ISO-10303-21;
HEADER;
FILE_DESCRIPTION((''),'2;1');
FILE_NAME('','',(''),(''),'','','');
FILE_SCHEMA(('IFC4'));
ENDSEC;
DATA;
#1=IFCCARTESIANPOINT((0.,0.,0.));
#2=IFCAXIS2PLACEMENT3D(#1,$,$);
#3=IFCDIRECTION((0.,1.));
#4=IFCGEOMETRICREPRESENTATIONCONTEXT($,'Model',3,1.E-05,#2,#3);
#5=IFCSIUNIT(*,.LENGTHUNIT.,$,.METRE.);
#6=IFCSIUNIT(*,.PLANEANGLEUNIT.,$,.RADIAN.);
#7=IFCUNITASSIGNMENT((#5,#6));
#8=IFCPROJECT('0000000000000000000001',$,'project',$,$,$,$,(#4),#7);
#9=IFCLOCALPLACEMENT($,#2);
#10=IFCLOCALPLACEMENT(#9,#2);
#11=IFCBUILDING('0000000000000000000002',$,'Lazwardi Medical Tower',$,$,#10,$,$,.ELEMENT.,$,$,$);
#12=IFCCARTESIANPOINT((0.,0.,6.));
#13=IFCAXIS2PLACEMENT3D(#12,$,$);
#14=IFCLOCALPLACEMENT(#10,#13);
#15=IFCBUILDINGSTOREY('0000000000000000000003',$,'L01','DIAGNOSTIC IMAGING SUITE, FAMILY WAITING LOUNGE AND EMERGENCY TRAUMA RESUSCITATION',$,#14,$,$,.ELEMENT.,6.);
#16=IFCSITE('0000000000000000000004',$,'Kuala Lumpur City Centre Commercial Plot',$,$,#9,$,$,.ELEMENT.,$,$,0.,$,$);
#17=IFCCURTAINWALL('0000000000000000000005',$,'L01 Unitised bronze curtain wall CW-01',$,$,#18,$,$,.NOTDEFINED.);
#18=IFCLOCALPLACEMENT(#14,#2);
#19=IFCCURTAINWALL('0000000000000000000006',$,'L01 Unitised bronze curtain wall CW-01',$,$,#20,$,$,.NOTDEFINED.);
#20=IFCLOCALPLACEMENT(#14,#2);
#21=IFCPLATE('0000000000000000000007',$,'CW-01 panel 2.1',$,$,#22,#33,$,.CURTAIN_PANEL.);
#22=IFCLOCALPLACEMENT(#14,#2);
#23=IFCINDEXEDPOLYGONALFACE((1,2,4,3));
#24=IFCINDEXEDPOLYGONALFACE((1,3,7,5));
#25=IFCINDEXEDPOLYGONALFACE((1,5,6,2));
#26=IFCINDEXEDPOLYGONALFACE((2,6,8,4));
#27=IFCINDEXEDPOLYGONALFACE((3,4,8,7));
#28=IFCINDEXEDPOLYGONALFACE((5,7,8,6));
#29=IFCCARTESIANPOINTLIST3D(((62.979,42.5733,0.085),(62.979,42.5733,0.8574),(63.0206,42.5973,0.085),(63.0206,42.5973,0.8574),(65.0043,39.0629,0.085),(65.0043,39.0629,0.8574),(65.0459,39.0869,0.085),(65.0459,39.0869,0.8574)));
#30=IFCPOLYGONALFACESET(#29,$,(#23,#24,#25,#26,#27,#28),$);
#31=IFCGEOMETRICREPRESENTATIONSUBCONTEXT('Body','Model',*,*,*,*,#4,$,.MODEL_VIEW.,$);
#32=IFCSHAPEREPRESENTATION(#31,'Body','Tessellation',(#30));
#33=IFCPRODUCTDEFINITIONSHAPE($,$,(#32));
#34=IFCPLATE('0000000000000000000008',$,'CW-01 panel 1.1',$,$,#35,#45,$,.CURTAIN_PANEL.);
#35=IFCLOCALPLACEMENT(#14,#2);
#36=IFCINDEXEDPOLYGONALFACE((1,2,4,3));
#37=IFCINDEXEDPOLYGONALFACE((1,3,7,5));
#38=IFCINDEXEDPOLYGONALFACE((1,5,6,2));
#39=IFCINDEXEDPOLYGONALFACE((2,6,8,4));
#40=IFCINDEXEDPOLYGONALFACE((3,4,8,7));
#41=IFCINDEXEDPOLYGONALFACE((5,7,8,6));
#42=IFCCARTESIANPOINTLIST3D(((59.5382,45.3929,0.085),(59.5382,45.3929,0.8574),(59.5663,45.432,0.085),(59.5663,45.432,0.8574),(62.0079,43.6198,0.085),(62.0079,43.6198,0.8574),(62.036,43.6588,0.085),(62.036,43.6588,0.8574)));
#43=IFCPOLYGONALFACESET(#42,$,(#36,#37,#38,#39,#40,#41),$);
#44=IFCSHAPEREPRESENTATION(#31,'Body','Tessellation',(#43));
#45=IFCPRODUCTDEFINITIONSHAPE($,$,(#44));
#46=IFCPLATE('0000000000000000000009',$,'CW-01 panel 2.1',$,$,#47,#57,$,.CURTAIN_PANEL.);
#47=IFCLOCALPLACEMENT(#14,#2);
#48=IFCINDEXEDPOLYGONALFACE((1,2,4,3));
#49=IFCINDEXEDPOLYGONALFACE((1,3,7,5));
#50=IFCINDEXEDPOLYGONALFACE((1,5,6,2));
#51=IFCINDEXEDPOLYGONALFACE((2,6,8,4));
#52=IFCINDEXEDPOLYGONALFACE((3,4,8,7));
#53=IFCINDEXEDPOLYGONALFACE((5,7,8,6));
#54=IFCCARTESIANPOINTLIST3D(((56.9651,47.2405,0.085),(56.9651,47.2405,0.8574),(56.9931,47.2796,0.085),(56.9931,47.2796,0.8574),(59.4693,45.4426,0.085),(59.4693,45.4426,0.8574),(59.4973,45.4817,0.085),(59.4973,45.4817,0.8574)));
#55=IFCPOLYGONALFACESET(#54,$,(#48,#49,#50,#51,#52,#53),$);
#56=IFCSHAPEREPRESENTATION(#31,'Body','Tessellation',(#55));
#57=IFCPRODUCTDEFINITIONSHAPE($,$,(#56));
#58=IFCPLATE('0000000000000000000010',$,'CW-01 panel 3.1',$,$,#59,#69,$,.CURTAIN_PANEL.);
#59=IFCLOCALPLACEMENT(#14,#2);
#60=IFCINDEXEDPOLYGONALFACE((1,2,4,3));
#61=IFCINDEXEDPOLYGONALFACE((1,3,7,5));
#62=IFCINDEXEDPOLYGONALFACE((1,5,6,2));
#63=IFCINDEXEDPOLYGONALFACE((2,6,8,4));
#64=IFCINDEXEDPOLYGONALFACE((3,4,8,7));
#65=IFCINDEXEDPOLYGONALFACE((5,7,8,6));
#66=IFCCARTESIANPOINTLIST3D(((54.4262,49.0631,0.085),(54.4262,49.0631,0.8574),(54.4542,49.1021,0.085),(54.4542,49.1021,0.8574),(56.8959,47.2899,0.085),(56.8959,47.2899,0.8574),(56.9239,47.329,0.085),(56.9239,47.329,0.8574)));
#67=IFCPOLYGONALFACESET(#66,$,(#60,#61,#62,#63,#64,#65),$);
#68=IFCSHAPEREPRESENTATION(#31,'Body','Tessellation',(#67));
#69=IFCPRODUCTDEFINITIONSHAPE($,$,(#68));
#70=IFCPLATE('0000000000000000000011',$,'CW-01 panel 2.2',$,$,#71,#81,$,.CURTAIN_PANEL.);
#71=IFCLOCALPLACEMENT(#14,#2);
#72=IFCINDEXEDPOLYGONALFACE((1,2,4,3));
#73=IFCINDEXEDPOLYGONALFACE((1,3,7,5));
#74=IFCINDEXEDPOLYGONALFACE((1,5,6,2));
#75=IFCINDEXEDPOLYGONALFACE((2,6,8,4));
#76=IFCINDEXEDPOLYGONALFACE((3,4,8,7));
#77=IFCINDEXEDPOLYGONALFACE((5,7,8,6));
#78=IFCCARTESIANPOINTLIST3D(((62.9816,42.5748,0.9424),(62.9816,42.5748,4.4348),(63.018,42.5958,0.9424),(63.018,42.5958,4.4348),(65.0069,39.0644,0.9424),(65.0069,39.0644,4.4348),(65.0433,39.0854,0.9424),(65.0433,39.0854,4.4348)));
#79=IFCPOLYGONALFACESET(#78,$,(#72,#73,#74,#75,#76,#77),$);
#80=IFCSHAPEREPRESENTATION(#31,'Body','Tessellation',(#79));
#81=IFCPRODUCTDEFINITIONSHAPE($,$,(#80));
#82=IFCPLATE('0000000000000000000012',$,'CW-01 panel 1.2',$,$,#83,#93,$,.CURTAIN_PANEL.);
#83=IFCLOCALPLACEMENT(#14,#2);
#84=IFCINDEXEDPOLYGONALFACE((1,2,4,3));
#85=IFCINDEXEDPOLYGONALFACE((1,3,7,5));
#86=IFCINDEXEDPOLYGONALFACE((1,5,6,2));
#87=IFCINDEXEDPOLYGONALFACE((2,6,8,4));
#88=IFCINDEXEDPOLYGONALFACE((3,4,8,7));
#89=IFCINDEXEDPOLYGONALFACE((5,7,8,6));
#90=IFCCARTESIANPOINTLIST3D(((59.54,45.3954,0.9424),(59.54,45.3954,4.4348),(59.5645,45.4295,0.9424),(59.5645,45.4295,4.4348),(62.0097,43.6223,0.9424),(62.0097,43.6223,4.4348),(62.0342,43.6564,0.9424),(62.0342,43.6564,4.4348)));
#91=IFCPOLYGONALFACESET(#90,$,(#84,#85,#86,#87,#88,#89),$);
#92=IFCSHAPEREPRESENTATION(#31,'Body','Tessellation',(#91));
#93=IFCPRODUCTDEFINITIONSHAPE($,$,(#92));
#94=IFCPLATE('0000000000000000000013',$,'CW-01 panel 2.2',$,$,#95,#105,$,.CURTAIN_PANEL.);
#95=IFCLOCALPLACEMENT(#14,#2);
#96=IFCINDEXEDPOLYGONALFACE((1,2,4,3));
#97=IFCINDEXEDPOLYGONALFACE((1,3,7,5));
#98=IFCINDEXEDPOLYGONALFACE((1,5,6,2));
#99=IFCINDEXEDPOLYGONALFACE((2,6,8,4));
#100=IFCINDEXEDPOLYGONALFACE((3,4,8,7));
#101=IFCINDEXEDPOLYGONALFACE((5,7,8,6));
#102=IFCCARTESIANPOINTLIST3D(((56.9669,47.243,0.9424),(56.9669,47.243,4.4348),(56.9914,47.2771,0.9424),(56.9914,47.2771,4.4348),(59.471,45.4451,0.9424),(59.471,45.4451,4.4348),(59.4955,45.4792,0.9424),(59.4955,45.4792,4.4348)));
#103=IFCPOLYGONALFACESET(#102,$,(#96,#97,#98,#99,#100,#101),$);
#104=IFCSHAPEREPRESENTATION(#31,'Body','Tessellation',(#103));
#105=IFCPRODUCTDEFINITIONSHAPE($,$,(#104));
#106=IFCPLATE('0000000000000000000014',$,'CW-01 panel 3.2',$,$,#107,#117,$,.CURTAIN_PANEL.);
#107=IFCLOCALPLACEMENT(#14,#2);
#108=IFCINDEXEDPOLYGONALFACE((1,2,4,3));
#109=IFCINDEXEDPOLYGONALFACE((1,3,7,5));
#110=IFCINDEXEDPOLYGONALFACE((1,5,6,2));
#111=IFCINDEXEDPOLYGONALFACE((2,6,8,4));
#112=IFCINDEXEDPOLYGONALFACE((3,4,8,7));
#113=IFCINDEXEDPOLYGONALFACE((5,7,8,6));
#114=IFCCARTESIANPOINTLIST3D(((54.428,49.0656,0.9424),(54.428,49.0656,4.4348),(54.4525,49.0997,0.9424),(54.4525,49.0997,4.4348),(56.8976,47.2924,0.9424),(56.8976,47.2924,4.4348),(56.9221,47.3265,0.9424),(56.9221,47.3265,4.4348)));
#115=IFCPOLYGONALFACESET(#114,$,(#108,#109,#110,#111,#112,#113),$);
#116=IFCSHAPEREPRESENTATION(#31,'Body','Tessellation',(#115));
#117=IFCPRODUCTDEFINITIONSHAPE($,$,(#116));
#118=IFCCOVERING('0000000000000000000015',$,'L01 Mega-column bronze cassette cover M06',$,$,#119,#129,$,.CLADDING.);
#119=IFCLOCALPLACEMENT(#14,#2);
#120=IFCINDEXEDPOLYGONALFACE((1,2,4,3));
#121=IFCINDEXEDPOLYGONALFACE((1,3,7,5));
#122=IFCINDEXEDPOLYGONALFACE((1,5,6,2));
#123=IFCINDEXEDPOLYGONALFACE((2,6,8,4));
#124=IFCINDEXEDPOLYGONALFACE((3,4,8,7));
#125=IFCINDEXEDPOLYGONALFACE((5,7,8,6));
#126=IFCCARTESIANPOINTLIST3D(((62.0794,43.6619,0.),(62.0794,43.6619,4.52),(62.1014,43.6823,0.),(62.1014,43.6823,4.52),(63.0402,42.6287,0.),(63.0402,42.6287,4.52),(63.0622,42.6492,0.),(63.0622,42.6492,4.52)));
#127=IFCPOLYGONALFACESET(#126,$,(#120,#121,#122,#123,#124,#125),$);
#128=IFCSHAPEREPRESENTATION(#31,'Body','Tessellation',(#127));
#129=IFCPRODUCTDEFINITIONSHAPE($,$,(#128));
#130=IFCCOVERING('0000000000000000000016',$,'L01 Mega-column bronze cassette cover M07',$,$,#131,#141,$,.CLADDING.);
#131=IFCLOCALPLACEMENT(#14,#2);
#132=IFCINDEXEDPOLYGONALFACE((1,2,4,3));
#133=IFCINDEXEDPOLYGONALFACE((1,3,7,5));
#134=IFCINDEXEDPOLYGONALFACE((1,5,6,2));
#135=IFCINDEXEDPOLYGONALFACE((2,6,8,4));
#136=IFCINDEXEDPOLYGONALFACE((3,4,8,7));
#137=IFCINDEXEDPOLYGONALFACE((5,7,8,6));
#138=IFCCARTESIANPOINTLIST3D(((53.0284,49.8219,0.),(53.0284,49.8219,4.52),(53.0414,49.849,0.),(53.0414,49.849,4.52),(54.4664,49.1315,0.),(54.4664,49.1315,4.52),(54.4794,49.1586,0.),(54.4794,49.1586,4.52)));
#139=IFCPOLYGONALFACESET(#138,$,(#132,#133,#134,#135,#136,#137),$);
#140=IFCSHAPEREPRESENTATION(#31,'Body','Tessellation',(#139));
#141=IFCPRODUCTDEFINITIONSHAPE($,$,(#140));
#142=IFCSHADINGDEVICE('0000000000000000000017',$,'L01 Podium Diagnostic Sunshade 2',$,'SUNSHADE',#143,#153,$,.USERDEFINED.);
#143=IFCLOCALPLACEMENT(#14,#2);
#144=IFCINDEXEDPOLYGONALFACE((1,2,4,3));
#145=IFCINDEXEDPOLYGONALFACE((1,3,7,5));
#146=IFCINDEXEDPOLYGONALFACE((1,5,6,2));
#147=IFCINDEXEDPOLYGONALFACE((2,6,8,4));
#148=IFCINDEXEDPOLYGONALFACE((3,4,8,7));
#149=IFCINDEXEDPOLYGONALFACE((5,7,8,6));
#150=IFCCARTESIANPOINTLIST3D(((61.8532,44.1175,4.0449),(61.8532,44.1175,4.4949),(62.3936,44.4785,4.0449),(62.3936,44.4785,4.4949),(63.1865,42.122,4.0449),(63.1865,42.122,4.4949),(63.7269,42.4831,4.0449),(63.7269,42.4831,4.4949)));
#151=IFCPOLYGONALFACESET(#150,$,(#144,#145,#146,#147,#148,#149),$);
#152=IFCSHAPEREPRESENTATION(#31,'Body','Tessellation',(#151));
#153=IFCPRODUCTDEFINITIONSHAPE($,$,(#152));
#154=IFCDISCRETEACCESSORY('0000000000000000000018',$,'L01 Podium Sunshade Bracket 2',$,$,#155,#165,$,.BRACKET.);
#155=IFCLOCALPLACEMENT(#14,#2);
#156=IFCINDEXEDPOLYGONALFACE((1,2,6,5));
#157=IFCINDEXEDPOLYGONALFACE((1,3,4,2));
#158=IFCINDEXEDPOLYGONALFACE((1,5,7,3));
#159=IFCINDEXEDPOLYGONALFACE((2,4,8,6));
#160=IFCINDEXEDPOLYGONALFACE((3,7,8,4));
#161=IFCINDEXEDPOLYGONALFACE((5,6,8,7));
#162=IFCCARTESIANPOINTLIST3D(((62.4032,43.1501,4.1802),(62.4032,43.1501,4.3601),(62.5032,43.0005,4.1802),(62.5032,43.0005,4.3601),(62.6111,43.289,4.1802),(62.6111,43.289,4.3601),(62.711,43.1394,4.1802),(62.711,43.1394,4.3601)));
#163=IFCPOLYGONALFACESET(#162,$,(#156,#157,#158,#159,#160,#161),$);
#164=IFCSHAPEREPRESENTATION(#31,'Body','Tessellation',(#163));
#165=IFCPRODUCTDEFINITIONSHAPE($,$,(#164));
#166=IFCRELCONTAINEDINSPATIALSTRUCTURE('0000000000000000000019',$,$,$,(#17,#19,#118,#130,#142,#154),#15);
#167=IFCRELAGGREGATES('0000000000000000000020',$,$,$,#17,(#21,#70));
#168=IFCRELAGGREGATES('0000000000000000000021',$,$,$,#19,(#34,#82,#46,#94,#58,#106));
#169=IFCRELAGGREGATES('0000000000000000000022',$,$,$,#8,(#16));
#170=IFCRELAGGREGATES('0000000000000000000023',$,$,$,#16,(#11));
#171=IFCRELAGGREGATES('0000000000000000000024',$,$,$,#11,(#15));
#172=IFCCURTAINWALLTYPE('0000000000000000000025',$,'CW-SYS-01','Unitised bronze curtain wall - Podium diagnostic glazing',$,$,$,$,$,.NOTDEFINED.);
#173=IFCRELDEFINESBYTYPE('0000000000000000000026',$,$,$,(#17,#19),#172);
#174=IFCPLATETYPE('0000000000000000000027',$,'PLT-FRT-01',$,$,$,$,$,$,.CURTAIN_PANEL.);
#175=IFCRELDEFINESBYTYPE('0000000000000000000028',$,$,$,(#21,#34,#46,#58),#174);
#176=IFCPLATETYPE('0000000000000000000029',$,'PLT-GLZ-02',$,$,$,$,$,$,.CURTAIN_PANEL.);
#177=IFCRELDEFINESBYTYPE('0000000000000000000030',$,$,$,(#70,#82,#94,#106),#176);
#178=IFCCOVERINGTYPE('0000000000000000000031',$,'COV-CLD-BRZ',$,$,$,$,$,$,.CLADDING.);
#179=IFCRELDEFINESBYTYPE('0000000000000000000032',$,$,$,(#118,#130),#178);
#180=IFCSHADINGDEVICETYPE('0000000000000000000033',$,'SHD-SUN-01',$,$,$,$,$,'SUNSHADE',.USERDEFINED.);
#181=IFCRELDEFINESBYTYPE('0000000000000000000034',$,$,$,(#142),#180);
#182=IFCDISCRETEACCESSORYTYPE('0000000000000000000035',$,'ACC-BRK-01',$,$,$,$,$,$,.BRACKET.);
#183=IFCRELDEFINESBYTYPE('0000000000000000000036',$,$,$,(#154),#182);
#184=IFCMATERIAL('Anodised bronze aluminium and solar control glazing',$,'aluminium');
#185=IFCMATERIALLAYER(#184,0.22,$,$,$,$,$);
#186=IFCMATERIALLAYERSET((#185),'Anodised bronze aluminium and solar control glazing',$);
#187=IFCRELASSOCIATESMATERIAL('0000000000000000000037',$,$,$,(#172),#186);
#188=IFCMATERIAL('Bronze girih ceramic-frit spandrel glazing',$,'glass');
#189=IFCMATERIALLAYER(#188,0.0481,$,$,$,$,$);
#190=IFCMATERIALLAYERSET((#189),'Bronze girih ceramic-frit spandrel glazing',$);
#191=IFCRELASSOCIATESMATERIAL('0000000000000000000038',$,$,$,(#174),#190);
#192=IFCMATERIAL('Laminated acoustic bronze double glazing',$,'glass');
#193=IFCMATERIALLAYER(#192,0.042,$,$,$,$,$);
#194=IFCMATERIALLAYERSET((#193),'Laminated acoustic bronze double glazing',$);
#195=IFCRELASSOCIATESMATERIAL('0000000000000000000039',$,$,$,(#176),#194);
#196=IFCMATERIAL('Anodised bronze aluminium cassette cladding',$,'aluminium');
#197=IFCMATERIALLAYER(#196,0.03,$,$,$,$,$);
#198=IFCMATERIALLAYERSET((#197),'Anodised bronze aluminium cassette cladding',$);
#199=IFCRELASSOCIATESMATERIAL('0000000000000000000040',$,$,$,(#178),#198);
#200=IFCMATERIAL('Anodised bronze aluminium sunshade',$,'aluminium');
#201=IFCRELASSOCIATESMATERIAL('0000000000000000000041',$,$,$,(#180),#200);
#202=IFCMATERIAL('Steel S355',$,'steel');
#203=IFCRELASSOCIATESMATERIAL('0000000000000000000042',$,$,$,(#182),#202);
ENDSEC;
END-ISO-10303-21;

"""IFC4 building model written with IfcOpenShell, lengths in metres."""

from ifc_helpers import new_model, si_unit, direction, frame, origin, origin_2d, place, context, subcontext, project, spatial, rectangle, extrude, material, layer, layer_set, type_object, element, aggregate, save


model = new_model("IFC4")

# Units and contexts
model_context = context("Model", 3, precision=1e-05, world=origin(), true_north=direction((0.0, 1.0)))
body_context = subcontext(model_context, "Body", "Model", "MODEL_VIEW")
ifc_project = project(units=[si_unit("LENGTHUNIT", "METRE"), si_unit("PLANEANGLEUNIT", "RADIAN")], contexts=[model_context])

# Site, building, storey
site_placement = place(None, origin())
site = spatial("IfcSite", under=ifc_project, at=site_placement, Name="Kuala Lumpur City Centre Commercial Plot", CompositionType="ELEMENT", RefElevation=0.0)
building_placement = place(site_placement, origin())
building = spatial("IfcBuilding", under=site, at=building_placement, Name="Lazwardi Medical Tower", CompositionType="ELEMENT")
storey_placement = place(building_placement, frame((0.0, 0.0, 6.0)))
storey = spatial("IfcBuildingStorey", under=building, at=storey_placement, Name="L01", Description="DIAGNOSTIC IMAGING SUITE, FAMILY WAITING LOUNGE AND EMERGENCY TRAUMA RESUSCITATION", CompositionType="ELEMENT", Elevation=6.0)

# Shared definitions
ifc_material_1 = material(Name="Steel S355", Category="steel")

# Curtain wall
ifc_material_2 = material(Name="Anodised bronze aluminium and solar control glazing", Category="aluminium")
ifc_layer_1 = layer(ifc_material_2, 0.22)
ifc_layer_set_1 = layer_set([ifc_layer_1], Name="Anodised bronze aluminium and solar control glazing")
curtain_wall_type = type_object("IfcCurtainWallType", Name="CW-SYS-01", Description="Unitised bronze curtain wall - Podium diagnostic glazing", PredefinedType="NOTDEFINED", material=ifc_layer_set_1)
curtain_wall_1_placement = place(storey_placement, origin())
curtain_wall_1 = element("IfcCurtainWall", 1, at=curtain_wall_1_placement, inside=storey, type_object=curtain_wall_type, Name="L01 Unitised bronze curtain wall CW-01", PredefinedType="NOTDEFINED")

# Curtain wall
curtain_wall_2_placement = place(storey_placement, origin())
curtain_wall_2 = element("IfcCurtainWall", 2, at=curtain_wall_2_placement, inside=storey, type_object=curtain_wall_type, Name="L01 Unitised bronze curtain wall CW-01", PredefinedType="NOTDEFINED")

# Plates
ifc_material_3 = material(Name="Bronze girih ceramic-frit spandrel glazing", Category="glass")
ifc_layer_2 = layer(ifc_material_3, 0.0481)
ifc_layer_set_2 = layer_set([ifc_layer_2], Name="Bronze girih ceramic-frit spandrel glazing")
plate_type_1 = type_object("IfcPlateType", Name="PLT-FRT-01", PredefinedType="CURTAIN_PANEL", material=ifc_layer_set_2)
plate_1_placement = place(storey_placement, frame((64.0125, 40.8301, 0.085), z_axis=(0.0, 0.0, 1.0), x_axis=(-0.499731, 0.866181, 0.0)))
plate_1 = element("IfcPlate", 3, at=plate_1_placement, type_object=plate_type_1, Name="CW-01 panel 2.1", PredefinedType="CURTAIN_PANEL", context=body_context, shape_type="SweptSolid", body=[
    extrude(rectangle(XDim=4.0527, YDim=0.0481, at=origin_2d()), origin(), (0.0, 0.0, 1.0), 0.7725),
])
plate_2_placement = place(storey_placement, frame((60.7871, 44.5259, 0.085), z_axis=(0.0, 0.0, 1.0), x_axis=(-0.812318, 0.583214, 0.0)))
plate_2 = element("IfcPlate", 4, at=plate_2_placement, type_object=plate_type_1, Name="CW-01 panel 1.1", PredefinedType="CURTAIN_PANEL", context=body_context, shape_type="SweptSolid", body=[
    extrude(rectangle(XDim=3.0403, YDim=0.0481, at=origin_2d()), origin(), (0.0, 0.0, 1.0), 0.7725),
])
plate_3_placement = place(storey_placement, frame((58.2312, 46.3611, 0.085), z_axis=(0.0, 0.0, 1.0), x_axis=(-0.812318, 0.583214, 0.0)))
plate_3 = element("IfcPlate", 5, at=plate_3_placement, type_object=plate_type_1, Name="CW-01 panel 2.1", PredefinedType="CURTAIN_PANEL", context=body_context, shape_type="SweptSolid", body=[
    extrude(rectangle(XDim=3.0828, YDim=0.0481, at=origin_2d()), origin(), (0.0, 0.0, 1.0), 0.7725),
])
plate_4_placement = place(storey_placement, frame((55.675, 48.196, 0.085), z_axis=(0.0, 0.0, 1.0), x_axis=(-0.812318, 0.583214, 0.0)))
plate_4 = element("IfcPlate", 6, at=plate_4_placement, type_object=plate_type_1, Name="CW-01 panel 3.1", PredefinedType="CURTAIN_PANEL", context=body_context, shape_type="SweptSolid", body=[
    extrude(rectangle(XDim=3.0403, YDim=0.0481, at=origin_2d()), origin(), (0.0, 0.0, 1.0), 0.7725),
])
ifc_material_4 = material(Name="Laminated acoustic bronze double glazing", Category="glass")
ifc_layer_3 = layer(ifc_material_4, 0.042)
ifc_layer_set_3 = layer_set([ifc_layer_3], Name="Laminated acoustic bronze double glazing")
plate_type_2 = type_object("IfcPlateType", Name="PLT-GLZ-02", PredefinedType="CURTAIN_PANEL", material=ifc_layer_set_3)
plate_5_placement = place(storey_placement, frame((64.0125, 40.8301, 0.9424), z_axis=(0.0, 0.0, 1.0), x_axis=(-0.499731, 0.866181, 0.0)))
plate_5 = element("IfcPlate", 7, at=plate_5_placement, type_object=plate_type_2, Name="CW-01 panel 2.2", PredefinedType="CURTAIN_PANEL", context=body_context, shape_type="SweptSolid", body=[
    extrude(rectangle(XDim=4.0527, YDim=0.042, at=origin_2d()), origin(), (0.0, 0.0, 1.0), 3.4924),
])
aggregate(curtain_wall_1, [plate_1, plate_5])
plate_6_placement = place(storey_placement, frame((60.7871, 44.5259, 0.9424), z_axis=(0.0, 0.0, 1.0), x_axis=(-0.812318, 0.583214, 0.0)))
plate_6 = element("IfcPlate", 8, at=plate_6_placement, type_object=plate_type_2, Name="CW-01 panel 1.2", PredefinedType="CURTAIN_PANEL", context=body_context, shape_type="SweptSolid", body=[
    extrude(rectangle(XDim=3.0403, YDim=0.042, at=origin_2d()), origin(), (0.0, 0.0, 1.0), 3.4924),
])
plate_7_placement = place(storey_placement, frame((58.2312, 46.3611, 0.9424), z_axis=(0.0, 0.0, 1.0), x_axis=(-0.812318, 0.583214, 0.0)))
plate_7 = element("IfcPlate", 9, at=plate_7_placement, type_object=plate_type_2, Name="CW-01 panel 2.2", PredefinedType="CURTAIN_PANEL", context=body_context, shape_type="SweptSolid", body=[
    extrude(rectangle(XDim=3.0828, YDim=0.042, at=origin_2d()), origin(), (0.0, 0.0, 1.0), 3.4924),
])
plate_8_placement = place(storey_placement, frame((55.675, 48.196, 0.9424), z_axis=(0.0, 0.0, 1.0), x_axis=(-0.812318, 0.583214, 0.0)))
plate_8 = element("IfcPlate", 10, at=plate_8_placement, type_object=plate_type_2, Name="CW-01 panel 3.2", PredefinedType="CURTAIN_PANEL", context=body_context, shape_type="SweptSolid", body=[
    extrude(rectangle(XDim=3.0403, YDim=0.042, at=origin_2d()), origin(), (0.0, 0.0, 1.0), 3.4924),
])
aggregate(curtain_wall_2, [plate_2, plate_6, plate_3, plate_7, plate_4, plate_8])

# Coverings
ifc_material_5 = material(Name="Anodised bronze aluminium cassette cladding", Category="aluminium")
ifc_layer_4 = layer(ifc_material_5, 0.03)
ifc_layer_set_4 = layer_set([ifc_layer_4], Name="Anodised bronze aluminium cassette cladding")
covering_type = type_object("IfcCoveringType", Name="COV-CLD-BRZ", PredefinedType="CLADDING", material=ifc_layer_set_4)
covering_1_placement = place(storey_placement, frame((62.5708, 43.1555, 0.0), z_axis=(0.0, 0.0, 1.0), x_axis=(-0.681019, 0.732266, 0.0)))
element("IfcCovering", 11, at=covering_1_placement, inside=storey, type_object=covering_type, Name="L01 Mega-column bronze cassette cover M06", PredefinedType="CLADDING", context=body_context, shape_type="SweptSolid", body=[
    extrude(rectangle(XDim=1.4109, YDim=0.03, at=origin_2d()), origin(), (0.0, 0.0, 1.0), 4.52),
])
covering_2_placement = place(storey_placement, frame((53.7539, 49.4902, 0.0), z_axis=(0.0, 0.0, 1.0), x_axis=(-0.901484, 0.432813, 0.0)))
element("IfcCovering", 12, at=covering_2_placement, inside=storey, type_object=covering_type, Name="L01 Mega-column bronze cassette cover M07", PredefinedType="CLADDING", context=body_context, shape_type="SweptSolid", body=[
    extrude(rectangle(XDim=1.5952, YDim=0.03, at=origin_2d()), origin(), (0.0, 0.0, 1.0), 4.52),
])

# Shading device
ifc_material_6 = material(Name="Anodised bronze aluminium sunshade", Category="aluminium")
shading_device_type = type_object("IfcShadingDeviceType", Name="SHD-SUN-01", ElementType="SUNSHADE", PredefinedType="USERDEFINED", material=ifc_material_6)
shading_device_placement = place(storey_placement, frame((62.79, 43.3003, 4.0449), z_axis=(0.0, 0.0, 1.0), x_axis=(-0.55557, 0.83147, 0.0)))
element("IfcShadingDevice", 13, at=shading_device_placement, inside=storey, type_object=shading_device_type, Name="L01 Podium Diagnostic Sunshade 2", ObjectType="SUNSHADE", PredefinedType="USERDEFINED", context=body_context, shape_type="SweptSolid", body=[
    extrude(rectangle(XDim=2.3999, YDim=0.6499, at=origin_2d()), origin(), (0.0, 0.0, 1.0), 0.45),
])

# Discrete accessory
discrete_accessory_type = type_object("IfcDiscreteAccessoryType", Name="ACC-BRK-01", PredefinedType="BRACKET", material=ifc_material_1)
discrete_accessory_placement = place(storey_placement, frame((62.5571, 43.1448, 4.1802), z_axis=(0.0, 0.0, 1.0), x_axis=(-0.55557, 0.83147, 0.0)))
element("IfcDiscreteAccessory", 14, at=discrete_accessory_placement, inside=storey, type_object=discrete_accessory_type, Name="L01 Podium Sunshade Bracket 2", PredefinedType="BRACKET", context=body_context, shape_type="SweptSolid", body=[
    extrude(rectangle(XDim=0.1799, YDim=0.25, at=origin_2d()), origin(), (0.0, 0.0, 1.0), 0.1799),
])

save(model, "model.ifc")
